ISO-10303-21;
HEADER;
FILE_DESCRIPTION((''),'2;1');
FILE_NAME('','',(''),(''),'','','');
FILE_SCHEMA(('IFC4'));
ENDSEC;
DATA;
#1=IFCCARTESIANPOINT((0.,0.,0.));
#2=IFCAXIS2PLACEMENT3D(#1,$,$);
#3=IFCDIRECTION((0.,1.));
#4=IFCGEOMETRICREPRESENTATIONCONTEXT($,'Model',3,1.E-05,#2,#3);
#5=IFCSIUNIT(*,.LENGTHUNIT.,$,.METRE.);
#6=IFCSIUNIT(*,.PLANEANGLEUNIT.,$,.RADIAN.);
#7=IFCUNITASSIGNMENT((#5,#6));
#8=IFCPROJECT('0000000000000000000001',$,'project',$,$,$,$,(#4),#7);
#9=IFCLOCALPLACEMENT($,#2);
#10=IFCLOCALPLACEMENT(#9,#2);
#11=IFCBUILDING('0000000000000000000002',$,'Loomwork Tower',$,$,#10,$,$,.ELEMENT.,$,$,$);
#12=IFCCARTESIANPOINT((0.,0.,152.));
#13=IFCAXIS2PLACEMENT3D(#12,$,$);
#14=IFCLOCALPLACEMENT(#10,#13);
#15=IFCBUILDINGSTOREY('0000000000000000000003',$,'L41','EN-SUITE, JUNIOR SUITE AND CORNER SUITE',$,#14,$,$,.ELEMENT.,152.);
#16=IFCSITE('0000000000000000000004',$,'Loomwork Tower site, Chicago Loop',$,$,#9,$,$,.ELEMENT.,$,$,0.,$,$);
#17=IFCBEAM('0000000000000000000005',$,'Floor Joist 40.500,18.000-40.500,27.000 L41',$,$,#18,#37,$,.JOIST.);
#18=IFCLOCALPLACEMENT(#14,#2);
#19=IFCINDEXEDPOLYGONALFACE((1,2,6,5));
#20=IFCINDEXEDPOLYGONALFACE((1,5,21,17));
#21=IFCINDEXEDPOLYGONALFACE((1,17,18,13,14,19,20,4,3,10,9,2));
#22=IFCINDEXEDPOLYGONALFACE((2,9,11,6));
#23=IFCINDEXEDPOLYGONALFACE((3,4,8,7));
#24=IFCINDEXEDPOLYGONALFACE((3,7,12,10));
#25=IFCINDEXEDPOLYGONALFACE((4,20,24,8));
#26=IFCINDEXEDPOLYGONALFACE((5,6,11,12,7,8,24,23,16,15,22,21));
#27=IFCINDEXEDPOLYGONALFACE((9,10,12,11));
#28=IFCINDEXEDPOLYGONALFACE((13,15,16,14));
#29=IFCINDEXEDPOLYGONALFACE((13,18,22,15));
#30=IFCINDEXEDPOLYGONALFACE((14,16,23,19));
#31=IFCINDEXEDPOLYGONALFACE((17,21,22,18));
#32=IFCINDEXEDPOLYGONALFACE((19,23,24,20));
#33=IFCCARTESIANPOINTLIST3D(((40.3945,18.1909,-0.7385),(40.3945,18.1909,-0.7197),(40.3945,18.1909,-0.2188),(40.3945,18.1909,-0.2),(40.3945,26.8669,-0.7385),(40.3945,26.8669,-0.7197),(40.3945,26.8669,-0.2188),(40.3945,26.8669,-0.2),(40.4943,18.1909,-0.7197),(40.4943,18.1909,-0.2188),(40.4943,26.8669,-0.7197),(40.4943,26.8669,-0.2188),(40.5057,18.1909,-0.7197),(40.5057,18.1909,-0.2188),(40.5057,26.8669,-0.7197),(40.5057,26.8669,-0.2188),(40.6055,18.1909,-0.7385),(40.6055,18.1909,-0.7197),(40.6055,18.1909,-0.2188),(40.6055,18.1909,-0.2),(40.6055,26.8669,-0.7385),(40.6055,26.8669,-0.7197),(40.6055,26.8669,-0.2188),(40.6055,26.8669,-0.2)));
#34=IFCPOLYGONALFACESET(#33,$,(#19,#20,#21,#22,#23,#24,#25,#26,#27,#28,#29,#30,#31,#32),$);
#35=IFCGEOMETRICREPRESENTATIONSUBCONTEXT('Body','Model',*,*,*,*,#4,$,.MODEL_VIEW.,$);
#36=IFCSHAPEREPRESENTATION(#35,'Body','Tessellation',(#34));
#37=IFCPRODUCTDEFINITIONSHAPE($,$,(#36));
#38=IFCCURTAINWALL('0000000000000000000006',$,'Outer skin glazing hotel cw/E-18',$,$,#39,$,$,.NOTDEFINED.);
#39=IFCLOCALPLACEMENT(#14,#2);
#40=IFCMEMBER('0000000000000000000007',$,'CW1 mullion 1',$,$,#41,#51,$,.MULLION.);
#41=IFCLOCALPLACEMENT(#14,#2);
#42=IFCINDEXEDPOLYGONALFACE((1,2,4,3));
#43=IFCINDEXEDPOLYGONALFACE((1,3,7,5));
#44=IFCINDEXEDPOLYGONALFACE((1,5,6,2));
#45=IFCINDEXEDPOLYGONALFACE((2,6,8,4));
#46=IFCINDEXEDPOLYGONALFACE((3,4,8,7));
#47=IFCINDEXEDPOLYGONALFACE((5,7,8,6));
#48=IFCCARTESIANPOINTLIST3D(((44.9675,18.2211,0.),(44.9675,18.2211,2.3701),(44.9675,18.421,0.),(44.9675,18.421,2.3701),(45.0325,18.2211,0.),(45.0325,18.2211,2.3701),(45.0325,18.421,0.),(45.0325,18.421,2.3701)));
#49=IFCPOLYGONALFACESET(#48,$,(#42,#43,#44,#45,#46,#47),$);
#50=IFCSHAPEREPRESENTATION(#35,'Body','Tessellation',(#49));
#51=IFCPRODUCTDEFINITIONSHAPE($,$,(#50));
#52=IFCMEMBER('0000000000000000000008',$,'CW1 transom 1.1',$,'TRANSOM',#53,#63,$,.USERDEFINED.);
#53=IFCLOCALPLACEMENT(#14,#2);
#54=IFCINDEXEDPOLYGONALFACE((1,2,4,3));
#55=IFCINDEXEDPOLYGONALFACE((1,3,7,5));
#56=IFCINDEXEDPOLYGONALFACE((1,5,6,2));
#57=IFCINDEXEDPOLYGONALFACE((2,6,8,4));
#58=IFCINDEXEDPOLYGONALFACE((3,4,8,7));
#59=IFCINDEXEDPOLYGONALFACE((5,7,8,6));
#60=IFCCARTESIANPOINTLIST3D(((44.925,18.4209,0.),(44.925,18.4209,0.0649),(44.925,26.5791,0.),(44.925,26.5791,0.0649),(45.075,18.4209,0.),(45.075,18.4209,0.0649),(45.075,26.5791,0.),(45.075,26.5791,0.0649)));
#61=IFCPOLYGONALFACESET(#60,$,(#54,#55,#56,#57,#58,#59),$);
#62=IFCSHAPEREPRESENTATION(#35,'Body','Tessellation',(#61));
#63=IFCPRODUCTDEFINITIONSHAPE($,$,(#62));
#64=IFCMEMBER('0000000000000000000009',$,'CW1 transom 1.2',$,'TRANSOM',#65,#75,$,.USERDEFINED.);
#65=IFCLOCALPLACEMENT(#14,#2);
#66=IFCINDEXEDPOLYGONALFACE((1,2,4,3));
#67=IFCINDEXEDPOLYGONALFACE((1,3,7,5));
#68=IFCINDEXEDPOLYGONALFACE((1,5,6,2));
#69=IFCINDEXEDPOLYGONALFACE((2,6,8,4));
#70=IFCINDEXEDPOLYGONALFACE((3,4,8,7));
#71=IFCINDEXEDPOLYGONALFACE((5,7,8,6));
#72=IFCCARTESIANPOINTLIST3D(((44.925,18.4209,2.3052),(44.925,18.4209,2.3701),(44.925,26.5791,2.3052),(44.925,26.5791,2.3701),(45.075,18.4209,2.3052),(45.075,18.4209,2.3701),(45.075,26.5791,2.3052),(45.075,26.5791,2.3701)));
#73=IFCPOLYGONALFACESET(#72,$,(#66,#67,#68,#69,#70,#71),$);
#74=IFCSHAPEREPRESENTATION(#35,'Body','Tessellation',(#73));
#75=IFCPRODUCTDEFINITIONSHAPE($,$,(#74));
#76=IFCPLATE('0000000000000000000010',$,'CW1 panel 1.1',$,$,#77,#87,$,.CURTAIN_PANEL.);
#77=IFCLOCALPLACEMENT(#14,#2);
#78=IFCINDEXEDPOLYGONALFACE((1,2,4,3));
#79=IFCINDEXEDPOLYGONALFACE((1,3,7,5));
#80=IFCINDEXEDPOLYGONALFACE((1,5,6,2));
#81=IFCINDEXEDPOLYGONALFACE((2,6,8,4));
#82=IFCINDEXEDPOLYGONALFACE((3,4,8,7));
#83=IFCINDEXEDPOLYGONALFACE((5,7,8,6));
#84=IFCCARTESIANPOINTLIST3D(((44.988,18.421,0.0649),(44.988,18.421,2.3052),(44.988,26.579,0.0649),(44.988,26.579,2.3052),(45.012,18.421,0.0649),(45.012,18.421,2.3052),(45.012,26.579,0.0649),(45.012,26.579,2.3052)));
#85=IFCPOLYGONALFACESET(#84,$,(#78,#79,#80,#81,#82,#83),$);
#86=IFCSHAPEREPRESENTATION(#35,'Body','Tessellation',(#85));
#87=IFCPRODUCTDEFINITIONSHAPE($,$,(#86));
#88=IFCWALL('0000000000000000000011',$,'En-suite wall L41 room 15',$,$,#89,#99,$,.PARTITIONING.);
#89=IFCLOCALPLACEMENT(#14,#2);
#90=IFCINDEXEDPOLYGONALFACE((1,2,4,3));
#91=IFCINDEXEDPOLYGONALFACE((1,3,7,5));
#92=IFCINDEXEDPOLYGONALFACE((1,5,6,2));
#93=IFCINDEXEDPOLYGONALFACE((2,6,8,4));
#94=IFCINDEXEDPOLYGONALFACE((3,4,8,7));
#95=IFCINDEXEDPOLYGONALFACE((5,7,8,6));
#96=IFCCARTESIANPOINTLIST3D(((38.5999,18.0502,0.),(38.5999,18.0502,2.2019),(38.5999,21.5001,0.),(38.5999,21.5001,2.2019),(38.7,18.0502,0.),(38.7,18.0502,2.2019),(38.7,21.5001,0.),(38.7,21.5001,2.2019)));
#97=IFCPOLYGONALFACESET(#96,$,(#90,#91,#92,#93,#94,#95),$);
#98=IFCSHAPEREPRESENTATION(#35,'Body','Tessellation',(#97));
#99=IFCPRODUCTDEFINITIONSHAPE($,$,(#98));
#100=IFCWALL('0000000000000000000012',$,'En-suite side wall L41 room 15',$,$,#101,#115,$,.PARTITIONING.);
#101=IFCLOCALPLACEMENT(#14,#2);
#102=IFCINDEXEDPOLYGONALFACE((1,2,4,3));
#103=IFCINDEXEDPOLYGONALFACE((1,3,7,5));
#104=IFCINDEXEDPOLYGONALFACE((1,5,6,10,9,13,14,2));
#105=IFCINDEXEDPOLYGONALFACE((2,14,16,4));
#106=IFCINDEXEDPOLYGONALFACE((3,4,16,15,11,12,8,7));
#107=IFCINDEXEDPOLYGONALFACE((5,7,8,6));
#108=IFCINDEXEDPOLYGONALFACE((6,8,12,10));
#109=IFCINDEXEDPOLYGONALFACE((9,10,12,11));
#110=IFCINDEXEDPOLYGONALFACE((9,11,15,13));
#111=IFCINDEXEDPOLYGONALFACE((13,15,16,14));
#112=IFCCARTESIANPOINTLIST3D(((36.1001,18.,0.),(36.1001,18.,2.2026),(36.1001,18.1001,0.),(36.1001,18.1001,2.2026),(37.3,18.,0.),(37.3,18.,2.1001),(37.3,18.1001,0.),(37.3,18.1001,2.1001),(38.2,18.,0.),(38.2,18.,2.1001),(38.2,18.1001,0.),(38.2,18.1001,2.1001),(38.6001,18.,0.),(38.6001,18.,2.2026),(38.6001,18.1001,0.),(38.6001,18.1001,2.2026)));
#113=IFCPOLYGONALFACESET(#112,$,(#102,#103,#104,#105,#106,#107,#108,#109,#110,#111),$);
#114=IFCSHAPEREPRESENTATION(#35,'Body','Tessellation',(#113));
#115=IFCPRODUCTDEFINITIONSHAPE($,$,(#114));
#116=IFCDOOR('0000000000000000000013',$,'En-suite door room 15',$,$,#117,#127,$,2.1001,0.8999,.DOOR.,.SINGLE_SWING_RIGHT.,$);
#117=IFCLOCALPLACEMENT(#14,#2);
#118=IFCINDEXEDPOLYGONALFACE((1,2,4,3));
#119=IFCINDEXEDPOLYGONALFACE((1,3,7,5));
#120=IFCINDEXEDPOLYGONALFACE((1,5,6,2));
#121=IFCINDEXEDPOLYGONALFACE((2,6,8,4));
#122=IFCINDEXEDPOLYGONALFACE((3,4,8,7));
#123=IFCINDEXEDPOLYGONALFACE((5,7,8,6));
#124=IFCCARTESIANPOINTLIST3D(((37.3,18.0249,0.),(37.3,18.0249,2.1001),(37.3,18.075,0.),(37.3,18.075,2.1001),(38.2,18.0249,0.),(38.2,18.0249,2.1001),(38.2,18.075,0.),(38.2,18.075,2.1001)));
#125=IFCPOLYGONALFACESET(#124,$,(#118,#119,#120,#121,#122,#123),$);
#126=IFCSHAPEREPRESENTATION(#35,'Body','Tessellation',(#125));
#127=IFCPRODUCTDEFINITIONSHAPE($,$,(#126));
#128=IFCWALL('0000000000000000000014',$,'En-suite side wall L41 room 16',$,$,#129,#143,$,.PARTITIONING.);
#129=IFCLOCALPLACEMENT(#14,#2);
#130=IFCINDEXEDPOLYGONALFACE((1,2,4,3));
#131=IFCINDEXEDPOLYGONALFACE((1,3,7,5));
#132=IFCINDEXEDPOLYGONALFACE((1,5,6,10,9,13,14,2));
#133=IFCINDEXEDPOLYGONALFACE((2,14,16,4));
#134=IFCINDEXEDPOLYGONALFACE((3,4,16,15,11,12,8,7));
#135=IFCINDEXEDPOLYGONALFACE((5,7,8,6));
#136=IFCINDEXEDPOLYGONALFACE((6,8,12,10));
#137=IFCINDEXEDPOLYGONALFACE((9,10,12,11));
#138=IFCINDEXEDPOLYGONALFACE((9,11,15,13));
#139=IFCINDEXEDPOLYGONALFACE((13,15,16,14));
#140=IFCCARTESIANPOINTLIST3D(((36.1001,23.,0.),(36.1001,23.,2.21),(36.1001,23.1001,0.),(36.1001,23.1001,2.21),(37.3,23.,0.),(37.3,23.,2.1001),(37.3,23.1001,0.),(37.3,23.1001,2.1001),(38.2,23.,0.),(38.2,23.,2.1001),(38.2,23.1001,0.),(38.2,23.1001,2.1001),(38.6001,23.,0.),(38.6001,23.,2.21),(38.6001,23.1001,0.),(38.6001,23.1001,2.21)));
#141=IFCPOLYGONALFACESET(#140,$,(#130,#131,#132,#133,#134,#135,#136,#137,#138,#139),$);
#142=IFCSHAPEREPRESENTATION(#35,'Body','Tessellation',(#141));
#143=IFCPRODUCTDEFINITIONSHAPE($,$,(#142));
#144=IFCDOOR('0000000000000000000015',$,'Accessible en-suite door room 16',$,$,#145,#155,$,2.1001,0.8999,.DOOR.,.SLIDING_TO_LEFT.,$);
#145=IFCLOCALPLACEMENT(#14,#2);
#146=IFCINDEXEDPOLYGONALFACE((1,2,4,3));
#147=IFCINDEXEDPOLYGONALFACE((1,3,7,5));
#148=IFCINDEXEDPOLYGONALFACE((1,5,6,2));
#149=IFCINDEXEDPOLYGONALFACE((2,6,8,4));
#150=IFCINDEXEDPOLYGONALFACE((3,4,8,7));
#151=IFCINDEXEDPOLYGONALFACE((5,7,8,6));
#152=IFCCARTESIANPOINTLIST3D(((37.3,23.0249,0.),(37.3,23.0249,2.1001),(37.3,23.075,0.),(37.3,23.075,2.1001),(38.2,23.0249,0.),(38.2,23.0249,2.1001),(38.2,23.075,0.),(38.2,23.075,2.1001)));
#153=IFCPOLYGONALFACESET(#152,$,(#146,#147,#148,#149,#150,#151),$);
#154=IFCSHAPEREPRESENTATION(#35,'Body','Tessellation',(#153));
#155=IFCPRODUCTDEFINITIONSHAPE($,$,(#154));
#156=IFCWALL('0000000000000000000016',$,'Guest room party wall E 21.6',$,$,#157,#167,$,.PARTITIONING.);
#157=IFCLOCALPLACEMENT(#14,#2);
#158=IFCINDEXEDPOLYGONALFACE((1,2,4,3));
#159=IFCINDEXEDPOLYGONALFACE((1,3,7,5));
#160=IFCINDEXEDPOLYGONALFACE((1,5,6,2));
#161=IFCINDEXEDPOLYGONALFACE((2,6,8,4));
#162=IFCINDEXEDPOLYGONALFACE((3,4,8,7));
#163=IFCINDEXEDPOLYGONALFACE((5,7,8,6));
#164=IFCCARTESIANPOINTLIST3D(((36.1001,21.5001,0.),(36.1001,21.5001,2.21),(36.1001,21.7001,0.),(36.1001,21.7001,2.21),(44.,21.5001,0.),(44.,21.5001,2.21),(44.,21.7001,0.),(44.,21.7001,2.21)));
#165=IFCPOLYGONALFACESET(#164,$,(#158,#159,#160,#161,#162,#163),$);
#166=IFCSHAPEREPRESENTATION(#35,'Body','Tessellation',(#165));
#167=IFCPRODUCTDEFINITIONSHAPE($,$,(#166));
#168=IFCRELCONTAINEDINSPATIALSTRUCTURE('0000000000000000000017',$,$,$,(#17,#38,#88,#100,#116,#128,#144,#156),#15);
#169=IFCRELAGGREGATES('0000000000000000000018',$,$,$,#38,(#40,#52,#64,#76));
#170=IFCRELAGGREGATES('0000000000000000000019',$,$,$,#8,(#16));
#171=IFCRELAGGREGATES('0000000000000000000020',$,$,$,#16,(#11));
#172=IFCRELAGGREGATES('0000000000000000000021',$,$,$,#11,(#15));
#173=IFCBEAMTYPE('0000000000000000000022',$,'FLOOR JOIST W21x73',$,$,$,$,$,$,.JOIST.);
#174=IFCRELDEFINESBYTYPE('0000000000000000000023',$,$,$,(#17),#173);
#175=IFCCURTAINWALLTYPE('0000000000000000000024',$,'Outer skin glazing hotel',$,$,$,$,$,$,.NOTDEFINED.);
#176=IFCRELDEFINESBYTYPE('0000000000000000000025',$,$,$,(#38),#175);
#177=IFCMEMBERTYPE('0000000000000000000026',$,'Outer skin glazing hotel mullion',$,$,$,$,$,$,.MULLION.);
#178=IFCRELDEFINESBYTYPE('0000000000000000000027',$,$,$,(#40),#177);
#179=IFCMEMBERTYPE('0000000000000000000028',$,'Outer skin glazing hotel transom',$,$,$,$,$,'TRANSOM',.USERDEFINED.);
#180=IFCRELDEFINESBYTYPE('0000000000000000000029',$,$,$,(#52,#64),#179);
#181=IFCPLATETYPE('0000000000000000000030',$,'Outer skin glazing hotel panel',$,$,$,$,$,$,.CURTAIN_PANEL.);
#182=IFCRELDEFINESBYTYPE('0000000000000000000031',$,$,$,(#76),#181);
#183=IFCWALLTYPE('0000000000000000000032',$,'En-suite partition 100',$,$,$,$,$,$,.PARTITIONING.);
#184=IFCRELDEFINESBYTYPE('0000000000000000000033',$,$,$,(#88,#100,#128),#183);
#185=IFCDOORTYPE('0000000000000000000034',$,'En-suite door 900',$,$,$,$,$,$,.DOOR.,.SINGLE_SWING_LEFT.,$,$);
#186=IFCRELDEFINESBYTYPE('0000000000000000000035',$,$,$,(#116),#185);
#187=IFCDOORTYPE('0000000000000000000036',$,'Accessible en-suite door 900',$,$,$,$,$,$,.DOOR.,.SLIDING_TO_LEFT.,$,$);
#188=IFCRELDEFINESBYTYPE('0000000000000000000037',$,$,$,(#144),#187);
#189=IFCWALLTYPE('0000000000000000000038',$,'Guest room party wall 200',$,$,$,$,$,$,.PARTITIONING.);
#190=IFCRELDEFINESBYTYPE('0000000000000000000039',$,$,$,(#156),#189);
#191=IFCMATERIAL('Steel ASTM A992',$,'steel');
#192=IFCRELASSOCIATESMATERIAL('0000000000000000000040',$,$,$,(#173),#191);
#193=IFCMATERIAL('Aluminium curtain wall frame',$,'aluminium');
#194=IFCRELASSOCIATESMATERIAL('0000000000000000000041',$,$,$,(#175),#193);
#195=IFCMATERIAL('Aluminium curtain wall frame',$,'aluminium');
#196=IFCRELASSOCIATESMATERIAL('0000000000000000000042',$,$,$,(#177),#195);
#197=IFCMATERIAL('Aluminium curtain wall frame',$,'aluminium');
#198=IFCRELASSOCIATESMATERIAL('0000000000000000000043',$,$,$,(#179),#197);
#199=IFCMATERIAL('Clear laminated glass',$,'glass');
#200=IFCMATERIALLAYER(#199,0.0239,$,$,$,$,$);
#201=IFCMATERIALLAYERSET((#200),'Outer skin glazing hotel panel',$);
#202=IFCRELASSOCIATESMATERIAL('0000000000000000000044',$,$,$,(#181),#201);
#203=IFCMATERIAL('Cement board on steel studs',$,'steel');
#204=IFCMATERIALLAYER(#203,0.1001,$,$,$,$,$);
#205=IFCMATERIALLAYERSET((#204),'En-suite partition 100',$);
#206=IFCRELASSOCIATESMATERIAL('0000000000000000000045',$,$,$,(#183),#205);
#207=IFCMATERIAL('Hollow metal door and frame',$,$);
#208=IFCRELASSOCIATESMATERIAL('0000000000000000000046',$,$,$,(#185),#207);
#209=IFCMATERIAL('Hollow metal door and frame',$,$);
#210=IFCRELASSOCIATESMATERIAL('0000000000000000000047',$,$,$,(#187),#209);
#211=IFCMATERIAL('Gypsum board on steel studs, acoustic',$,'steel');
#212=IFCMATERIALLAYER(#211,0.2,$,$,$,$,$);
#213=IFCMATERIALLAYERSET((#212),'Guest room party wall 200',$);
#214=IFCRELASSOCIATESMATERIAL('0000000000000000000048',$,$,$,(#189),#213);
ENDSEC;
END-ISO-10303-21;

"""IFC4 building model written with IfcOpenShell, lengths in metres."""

from ifc_helpers import new_model, si_unit, direction, frame, frame_2d, origin, origin_2d, place, context, subcontext, project, spatial, rectangle, i_section, extrude, material, layer, layer_set, material_profile, profile_set, type_object, element, fill, aggregate, save


model = new_model("IFC4")

# Units and contexts
model_context = context("Model", 3, precision=1e-05, world=origin(), true_north=direction((0.0, 1.0)))
body_context = subcontext(model_context, "Body", "Model", "MODEL_VIEW")
ifc_project = project(units=[si_unit("LENGTHUNIT", "METRE"), si_unit("PLANEANGLEUNIT", "RADIAN")], contexts=[model_context])

# Site, building, storey
site_placement = place(None, origin())
site = spatial("IfcSite", under=ifc_project, at=site_placement, Name="Loomwork Tower site, Chicago Loop", CompositionType="ELEMENT", RefElevation=0.0)
building_placement = place(site_placement, origin())
building = spatial("IfcBuilding", under=site, at=building_placement, Name="Loomwork Tower", CompositionType="ELEMENT")
storey_placement = place(building_placement, frame((0.0, 0.0, 152.0)))
storey = spatial("IfcBuildingStorey", under=building, at=storey_placement, Name="L41", Description="EN-SUITE, JUNIOR SUITE AND CORNER SUITE", CompositionType="ELEMENT", Elevation=152.0)

# Beam
ifc_material_1 = material(Name="Steel ASTM A992", Category="steel")
ifc_material_profile_1 = material_profile(ifc_material_1, i_section(OverallWidth=0.2109, OverallDepth=0.5386, WebThickness=0.0115, FlangeThickness=0.0188, at=origin_2d()), Name="W21x73")
ifc_profile_set_1 = profile_set([ifc_material_profile_1], Name="Steel ASTM A992")
beam_type = type_object("IfcBeamType", Name="FLOOR JOIST W21x73", PredefinedType="JOIST", material=ifc_profile_set_1)
beam_placement = place(storey_placement, frame((40.5, 18.1909, -0.4692), z_axis=(0.0, 1.0, 0.0), x_axis=(-1.0, 0.0, 0.0)))
element("IfcBeam", 1, at=beam_placement, inside=storey, type_object=beam_type, Name="Floor Joist 40.500,18.000-40.500,27.000 L41", PredefinedType="JOIST", context=body_context, shape_type="SweptSolid", body=[
    extrude(i_section(OverallWidth=0.2109, OverallDepth=0.5386, WebThickness=0.0115, FlangeThickness=0.0188, at=origin_2d()), origin(), (0.0, 0.0, 1.0), 8.676),
])

# Curtain wall, members, plate
ifc_material_2 = material(Name="Aluminium curtain wall frame", Category="aluminium")
curtain_wall_type = type_object("IfcCurtainWallType", Name="Outer skin glazing hotel", PredefinedType="NOTDEFINED", material=ifc_material_2)
curtain_wall_placement = place(storey_placement, origin())
curtain_wall = element("IfcCurtainWall", 2, at=curtain_wall_placement, inside=storey, type_object=curtain_wall_type, Name="Outer skin glazing hotel cw/E-18", PredefinedType="NOTDEFINED")
ifc_material_3 = material(Name="Aluminium curtain wall frame", Category="aluminium")
ifc_material_profile_2 = material_profile(ifc_material_3, rectangle(XDim=0.0649, YDim=0.2, at=origin_2d()), Name="AL 65x200")
ifc_profile_set_2 = profile_set([ifc_material_profile_2], Name="Aluminium curtain wall frame")
member_type_1 = type_object("IfcMemberType", Name="Outer skin glazing hotel mullion", PredefinedType="MULLION", material=ifc_profile_set_2)
member_1_placement = place(storey_placement, frame((45.0, 18.321, 0.0), z_axis=(0.0, 0.0, 1.0), x_axis=(-1.0, 0.0, 0.0)))
member_1 = element("IfcMember", 3, at=member_1_placement, type_object=member_type_1, Name="CW1 mullion 1", PredefinedType="MULLION", context=body_context, shape_type="SweptSolid", body=[
    extrude(rectangle(XDim=0.0649, YDim=0.2, at=origin_2d()), origin(), (0.0, 0.0, 1.0), 2.3701),
])
ifc_material_4 = material(Name="Aluminium curtain wall frame", Category="aluminium")
ifc_material_profile_3 = material_profile(ifc_material_4, rectangle(XDim=0.1499, YDim=0.0649, at=origin_2d()), Name="AL 65x150")
ifc_profile_set_3 = profile_set([ifc_material_profile_3], Name="Aluminium curtain wall frame")
member_type_2 = type_object("IfcMemberType", Name="Outer skin glazing hotel transom", ElementType="TRANSOM", PredefinedType="USERDEFINED", material=ifc_profile_set_3)
member_2_placement = place(storey_placement, frame((45.0, 18.4209, 0.0325), z_axis=(0.0, 1.0, 0.0), x_axis=(-1.0, 0.0, 0.0)))
member_2 = element("IfcMember", 4, at=member_2_placement, type_object=member_type_2, Name="CW1 transom 1.1", ObjectType="TRANSOM", PredefinedType="USERDEFINED", context=body_context, shape_type="SweptSolid", body=[
    extrude(rectangle(XDim=0.1499, YDim=0.0649, at=origin_2d()), origin(), (0.0, 0.0, 1.0), 8.1582),
])
member_3_placement = place(storey_placement, frame((45.0, 18.4209, 2.3376), z_axis=(0.0, 1.0, 0.0), x_axis=(-1.0, 0.0, 0.0)))
member_3 = element("IfcMember", 5, at=member_3_placement, type_object=member_type_2, Name="CW1 transom 1.2", ObjectType="TRANSOM", PredefinedType="USERDEFINED", context=body_context, shape_type="SweptSolid", body=[
    extrude(rectangle(XDim=0.1499, YDim=0.0649, at=origin_2d()), origin(), (0.0, 0.0, 1.0), 8.1582),
])
ifc_material_5 = material(Name="Clear laminated glass", Category="glass")
ifc_layer_1 = layer(ifc_material_5, 0.0239)
ifc_layer_set_1 = layer_set([ifc_layer_1], Name="Outer skin glazing hotel panel")
plate_type = type_object("IfcPlateType", Name="Outer skin glazing hotel panel", PredefinedType="CURTAIN_PANEL", material=ifc_layer_set_1)
plate_placement = place(storey_placement, frame((45.0, 22.5, 0.0649), z_axis=(0.0, 0.0, 1.0), x_axis=(0.0, 1.0, 0.0)))
plate = element("IfcPlate", 6, at=plate_placement, type_object=plate_type, Name="CW1 panel 1.1", PredefinedType="CURTAIN_PANEL", context=body_context, shape_type="SweptSolid", body=[
    extrude(rectangle(XDim=8.158, YDim=0.0239, at=origin_2d()), origin(), (0.0, 0.0, 1.0), 2.2402),
])
aggregate(curtain_wall, [member_1, member_2, member_3, plate])

# Wall
ifc_material_6 = material(Name="Cement board on steel studs", Category="steel")
ifc_layer_2 = layer(ifc_material_6, 0.1001)
ifc_layer_set_2 = layer_set([ifc_layer_2], Name="En-suite partition 100")
wall_type_1 = type_object("IfcWallType", Name="En-suite partition 100", PredefinedType="PARTITIONING", material=ifc_layer_set_2)
wall_1_placement = place(storey_placement, frame((38.6499, 18.05, 0.0), z_axis=(0.0, 0.0, 1.0), x_axis=(0.0, 1.0, 0.0)))
element("IfcWall", 7, at=wall_1_placement, inside=storey, type_object=wall_type_1, Name="En-suite wall L41 room 15", PredefinedType="PARTITIONING", context=body_context, shape_type="SweptSolid", body=[
    extrude(rectangle(XDim=3.45, YDim=0.1001, at=frame_2d((1.7251, 0.0))), origin(), (0.0, 0.0, 1.0), 2.2019),
])

# Walls, openings, doors
wall_2_placement = place(storey_placement, frame((36.1001, 18.05, 0.0), z_axis=(0.0, 0.0, 1.0), x_axis=(1.0, 0.0, 0.0)))
wall_2 = element("IfcWall", 8, at=wall_2_placement, inside=storey, type_object=wall_type_1, Name="En-suite side wall L41 room 15", PredefinedType="PARTITIONING", context=body_context, shape_type="SweptSolid", body=[
    extrude(rectangle(XDim=2.5, YDim=0.1001, at=frame_2d((1.25, 0.0))), origin(), (0.0, 0.0, 1.0), 2.2026),
])
opening_1_placement = place(wall_2_placement, frame((1.2, 0.0, 0.0)))
opening_1 = element("IfcOpeningElement", 9, at=opening_1_placement, cuts=wall_2, PredefinedType="OPENING", context=body_context, shape_type="SweptSolid", body=[
    extrude(rectangle(XDim=0.8999, YDim=2.1001, at=frame_2d((0.45, 1.05))), frame((0.0, 0.0601, 0.0), z_axis=(0.0, -1.0, 0.0), x_axis=(1.0, 0.0, 0.0)), (0.0, 0.0, 1.0), 0.1201),
])
ifc_material_7 = material(Name="Hollow metal door and frame")
door_type_1 = type_object("IfcDoorType", Name="En-suite door 900", OperationType="SINGLE_SWING_LEFT", PredefinedType="DOOR", material=ifc_material_7)
door_1_placement = place(opening_1_placement, origin())
door_1 = element("IfcDoor", 10, at=door_1_placement, inside=storey, type_object=door_type_1, Name="En-suite door room 15", OperationType="SINGLE_SWING_RIGHT", OverallHeight=2.1001, OverallWidth=0.8999, PredefinedType="DOOR", context=body_context, shape_type="SweptSolid", body=[
    extrude(rectangle(XDim=0.8999, YDim=2.1001, at=frame_2d((0.45, 1.05))), frame((0.0, 0.0249, 0.0), z_axis=(0.0, -1.0, 0.0), x_axis=(1.0, 0.0, 0.0)), (0.0, 0.0, 1.0), 0.05),
])
fill(opening_1, door_1)
wall_3_placement = place(storey_placement, frame((36.1001, 23.05, 0.0), z_axis=(0.0, 0.0, 1.0), x_axis=(1.0, 0.0, 0.0)))
wall_3 = element("IfcWall", 11, at=wall_3_placement, inside=storey, type_object=wall_type_1, Name="En-suite side wall L41 room 16", PredefinedType="PARTITIONING", context=body_context, shape_type="SweptSolid", body=[
    extrude(rectangle(XDim=2.5, YDim=0.1001, at=frame_2d((1.25, 0.0))), origin(), (0.0, 0.0, 1.0), 2.21),
])
opening_2_placement = place(wall_3_placement, frame((1.2, 0.0, 0.0)))
opening_2 = element("IfcOpeningElement", 12, at=opening_2_placement, cuts=wall_3, PredefinedType="OPENING", context=body_context, shape_type="SweptSolid", body=[
    extrude(rectangle(XDim=0.8999, YDim=2.1001, at=frame_2d((0.45, 1.05))), frame((0.0, 0.0601, 0.0), z_axis=(0.0, -1.0, 0.0), x_axis=(1.0, 0.0, 0.0)), (0.0, 0.0, 1.0), 0.1201),
])
ifc_material_8 = material(Name="Hollow metal door and frame")
door_type_2 = type_object("IfcDoorType", Name="Accessible en-suite door 900", OperationType="SLIDING_TO_LEFT", PredefinedType="DOOR", material=ifc_material_8)
door_2_placement = place(opening_2_placement, origin())
door_2 = element("IfcDoor", 13, at=door_2_placement, inside=storey, type_object=door_type_2, Name="Accessible en-suite door room 16", OperationType="SLIDING_TO_LEFT", OverallHeight=2.1001, OverallWidth=0.8999, PredefinedType="DOOR", context=body_context, shape_type="SweptSolid", body=[
    extrude(rectangle(XDim=0.8999, YDim=2.1001, at=frame_2d((0.45, 1.05))), frame((0.0, 0.0249, 0.0), z_axis=(0.0, -1.0, 0.0), x_axis=(1.0, 0.0, 0.0)), (0.0, 0.0, 1.0), 0.05),
])
fill(opening_2, door_2)

# Wall
ifc_material_9 = material(Name="Gypsum board on steel studs, acoustic", Category="steel")
ifc_layer_3 = layer(ifc_material_9, 0.2)
ifc_layer_set_3 = layer_set([ifc_layer_3], Name="Guest room party wall 200")
wall_type_2 = type_object("IfcWallType", Name="Guest room party wall 200", PredefinedType="PARTITIONING", material=ifc_layer_set_3)
wall_4_placement = place(storey_placement, frame((36.1001, 21.6001, 0.0), z_axis=(0.0, 0.0, 1.0), x_axis=(1.0, 0.0, 0.0)))
element("IfcWall", 14, at=wall_4_placement, inside=storey, type_object=wall_type_2, Name="Guest room party wall E 21.6", PredefinedType="PARTITIONING", context=body_context, shape_type="SweptSolid", body=[
    extrude(rectangle(XDim=7.8999, YDim=0.2, at=frame_2d((3.95, 0.0))), origin(), (0.0, 0.0, 1.0), 2.21),
])

save(model, "model.ifc")
